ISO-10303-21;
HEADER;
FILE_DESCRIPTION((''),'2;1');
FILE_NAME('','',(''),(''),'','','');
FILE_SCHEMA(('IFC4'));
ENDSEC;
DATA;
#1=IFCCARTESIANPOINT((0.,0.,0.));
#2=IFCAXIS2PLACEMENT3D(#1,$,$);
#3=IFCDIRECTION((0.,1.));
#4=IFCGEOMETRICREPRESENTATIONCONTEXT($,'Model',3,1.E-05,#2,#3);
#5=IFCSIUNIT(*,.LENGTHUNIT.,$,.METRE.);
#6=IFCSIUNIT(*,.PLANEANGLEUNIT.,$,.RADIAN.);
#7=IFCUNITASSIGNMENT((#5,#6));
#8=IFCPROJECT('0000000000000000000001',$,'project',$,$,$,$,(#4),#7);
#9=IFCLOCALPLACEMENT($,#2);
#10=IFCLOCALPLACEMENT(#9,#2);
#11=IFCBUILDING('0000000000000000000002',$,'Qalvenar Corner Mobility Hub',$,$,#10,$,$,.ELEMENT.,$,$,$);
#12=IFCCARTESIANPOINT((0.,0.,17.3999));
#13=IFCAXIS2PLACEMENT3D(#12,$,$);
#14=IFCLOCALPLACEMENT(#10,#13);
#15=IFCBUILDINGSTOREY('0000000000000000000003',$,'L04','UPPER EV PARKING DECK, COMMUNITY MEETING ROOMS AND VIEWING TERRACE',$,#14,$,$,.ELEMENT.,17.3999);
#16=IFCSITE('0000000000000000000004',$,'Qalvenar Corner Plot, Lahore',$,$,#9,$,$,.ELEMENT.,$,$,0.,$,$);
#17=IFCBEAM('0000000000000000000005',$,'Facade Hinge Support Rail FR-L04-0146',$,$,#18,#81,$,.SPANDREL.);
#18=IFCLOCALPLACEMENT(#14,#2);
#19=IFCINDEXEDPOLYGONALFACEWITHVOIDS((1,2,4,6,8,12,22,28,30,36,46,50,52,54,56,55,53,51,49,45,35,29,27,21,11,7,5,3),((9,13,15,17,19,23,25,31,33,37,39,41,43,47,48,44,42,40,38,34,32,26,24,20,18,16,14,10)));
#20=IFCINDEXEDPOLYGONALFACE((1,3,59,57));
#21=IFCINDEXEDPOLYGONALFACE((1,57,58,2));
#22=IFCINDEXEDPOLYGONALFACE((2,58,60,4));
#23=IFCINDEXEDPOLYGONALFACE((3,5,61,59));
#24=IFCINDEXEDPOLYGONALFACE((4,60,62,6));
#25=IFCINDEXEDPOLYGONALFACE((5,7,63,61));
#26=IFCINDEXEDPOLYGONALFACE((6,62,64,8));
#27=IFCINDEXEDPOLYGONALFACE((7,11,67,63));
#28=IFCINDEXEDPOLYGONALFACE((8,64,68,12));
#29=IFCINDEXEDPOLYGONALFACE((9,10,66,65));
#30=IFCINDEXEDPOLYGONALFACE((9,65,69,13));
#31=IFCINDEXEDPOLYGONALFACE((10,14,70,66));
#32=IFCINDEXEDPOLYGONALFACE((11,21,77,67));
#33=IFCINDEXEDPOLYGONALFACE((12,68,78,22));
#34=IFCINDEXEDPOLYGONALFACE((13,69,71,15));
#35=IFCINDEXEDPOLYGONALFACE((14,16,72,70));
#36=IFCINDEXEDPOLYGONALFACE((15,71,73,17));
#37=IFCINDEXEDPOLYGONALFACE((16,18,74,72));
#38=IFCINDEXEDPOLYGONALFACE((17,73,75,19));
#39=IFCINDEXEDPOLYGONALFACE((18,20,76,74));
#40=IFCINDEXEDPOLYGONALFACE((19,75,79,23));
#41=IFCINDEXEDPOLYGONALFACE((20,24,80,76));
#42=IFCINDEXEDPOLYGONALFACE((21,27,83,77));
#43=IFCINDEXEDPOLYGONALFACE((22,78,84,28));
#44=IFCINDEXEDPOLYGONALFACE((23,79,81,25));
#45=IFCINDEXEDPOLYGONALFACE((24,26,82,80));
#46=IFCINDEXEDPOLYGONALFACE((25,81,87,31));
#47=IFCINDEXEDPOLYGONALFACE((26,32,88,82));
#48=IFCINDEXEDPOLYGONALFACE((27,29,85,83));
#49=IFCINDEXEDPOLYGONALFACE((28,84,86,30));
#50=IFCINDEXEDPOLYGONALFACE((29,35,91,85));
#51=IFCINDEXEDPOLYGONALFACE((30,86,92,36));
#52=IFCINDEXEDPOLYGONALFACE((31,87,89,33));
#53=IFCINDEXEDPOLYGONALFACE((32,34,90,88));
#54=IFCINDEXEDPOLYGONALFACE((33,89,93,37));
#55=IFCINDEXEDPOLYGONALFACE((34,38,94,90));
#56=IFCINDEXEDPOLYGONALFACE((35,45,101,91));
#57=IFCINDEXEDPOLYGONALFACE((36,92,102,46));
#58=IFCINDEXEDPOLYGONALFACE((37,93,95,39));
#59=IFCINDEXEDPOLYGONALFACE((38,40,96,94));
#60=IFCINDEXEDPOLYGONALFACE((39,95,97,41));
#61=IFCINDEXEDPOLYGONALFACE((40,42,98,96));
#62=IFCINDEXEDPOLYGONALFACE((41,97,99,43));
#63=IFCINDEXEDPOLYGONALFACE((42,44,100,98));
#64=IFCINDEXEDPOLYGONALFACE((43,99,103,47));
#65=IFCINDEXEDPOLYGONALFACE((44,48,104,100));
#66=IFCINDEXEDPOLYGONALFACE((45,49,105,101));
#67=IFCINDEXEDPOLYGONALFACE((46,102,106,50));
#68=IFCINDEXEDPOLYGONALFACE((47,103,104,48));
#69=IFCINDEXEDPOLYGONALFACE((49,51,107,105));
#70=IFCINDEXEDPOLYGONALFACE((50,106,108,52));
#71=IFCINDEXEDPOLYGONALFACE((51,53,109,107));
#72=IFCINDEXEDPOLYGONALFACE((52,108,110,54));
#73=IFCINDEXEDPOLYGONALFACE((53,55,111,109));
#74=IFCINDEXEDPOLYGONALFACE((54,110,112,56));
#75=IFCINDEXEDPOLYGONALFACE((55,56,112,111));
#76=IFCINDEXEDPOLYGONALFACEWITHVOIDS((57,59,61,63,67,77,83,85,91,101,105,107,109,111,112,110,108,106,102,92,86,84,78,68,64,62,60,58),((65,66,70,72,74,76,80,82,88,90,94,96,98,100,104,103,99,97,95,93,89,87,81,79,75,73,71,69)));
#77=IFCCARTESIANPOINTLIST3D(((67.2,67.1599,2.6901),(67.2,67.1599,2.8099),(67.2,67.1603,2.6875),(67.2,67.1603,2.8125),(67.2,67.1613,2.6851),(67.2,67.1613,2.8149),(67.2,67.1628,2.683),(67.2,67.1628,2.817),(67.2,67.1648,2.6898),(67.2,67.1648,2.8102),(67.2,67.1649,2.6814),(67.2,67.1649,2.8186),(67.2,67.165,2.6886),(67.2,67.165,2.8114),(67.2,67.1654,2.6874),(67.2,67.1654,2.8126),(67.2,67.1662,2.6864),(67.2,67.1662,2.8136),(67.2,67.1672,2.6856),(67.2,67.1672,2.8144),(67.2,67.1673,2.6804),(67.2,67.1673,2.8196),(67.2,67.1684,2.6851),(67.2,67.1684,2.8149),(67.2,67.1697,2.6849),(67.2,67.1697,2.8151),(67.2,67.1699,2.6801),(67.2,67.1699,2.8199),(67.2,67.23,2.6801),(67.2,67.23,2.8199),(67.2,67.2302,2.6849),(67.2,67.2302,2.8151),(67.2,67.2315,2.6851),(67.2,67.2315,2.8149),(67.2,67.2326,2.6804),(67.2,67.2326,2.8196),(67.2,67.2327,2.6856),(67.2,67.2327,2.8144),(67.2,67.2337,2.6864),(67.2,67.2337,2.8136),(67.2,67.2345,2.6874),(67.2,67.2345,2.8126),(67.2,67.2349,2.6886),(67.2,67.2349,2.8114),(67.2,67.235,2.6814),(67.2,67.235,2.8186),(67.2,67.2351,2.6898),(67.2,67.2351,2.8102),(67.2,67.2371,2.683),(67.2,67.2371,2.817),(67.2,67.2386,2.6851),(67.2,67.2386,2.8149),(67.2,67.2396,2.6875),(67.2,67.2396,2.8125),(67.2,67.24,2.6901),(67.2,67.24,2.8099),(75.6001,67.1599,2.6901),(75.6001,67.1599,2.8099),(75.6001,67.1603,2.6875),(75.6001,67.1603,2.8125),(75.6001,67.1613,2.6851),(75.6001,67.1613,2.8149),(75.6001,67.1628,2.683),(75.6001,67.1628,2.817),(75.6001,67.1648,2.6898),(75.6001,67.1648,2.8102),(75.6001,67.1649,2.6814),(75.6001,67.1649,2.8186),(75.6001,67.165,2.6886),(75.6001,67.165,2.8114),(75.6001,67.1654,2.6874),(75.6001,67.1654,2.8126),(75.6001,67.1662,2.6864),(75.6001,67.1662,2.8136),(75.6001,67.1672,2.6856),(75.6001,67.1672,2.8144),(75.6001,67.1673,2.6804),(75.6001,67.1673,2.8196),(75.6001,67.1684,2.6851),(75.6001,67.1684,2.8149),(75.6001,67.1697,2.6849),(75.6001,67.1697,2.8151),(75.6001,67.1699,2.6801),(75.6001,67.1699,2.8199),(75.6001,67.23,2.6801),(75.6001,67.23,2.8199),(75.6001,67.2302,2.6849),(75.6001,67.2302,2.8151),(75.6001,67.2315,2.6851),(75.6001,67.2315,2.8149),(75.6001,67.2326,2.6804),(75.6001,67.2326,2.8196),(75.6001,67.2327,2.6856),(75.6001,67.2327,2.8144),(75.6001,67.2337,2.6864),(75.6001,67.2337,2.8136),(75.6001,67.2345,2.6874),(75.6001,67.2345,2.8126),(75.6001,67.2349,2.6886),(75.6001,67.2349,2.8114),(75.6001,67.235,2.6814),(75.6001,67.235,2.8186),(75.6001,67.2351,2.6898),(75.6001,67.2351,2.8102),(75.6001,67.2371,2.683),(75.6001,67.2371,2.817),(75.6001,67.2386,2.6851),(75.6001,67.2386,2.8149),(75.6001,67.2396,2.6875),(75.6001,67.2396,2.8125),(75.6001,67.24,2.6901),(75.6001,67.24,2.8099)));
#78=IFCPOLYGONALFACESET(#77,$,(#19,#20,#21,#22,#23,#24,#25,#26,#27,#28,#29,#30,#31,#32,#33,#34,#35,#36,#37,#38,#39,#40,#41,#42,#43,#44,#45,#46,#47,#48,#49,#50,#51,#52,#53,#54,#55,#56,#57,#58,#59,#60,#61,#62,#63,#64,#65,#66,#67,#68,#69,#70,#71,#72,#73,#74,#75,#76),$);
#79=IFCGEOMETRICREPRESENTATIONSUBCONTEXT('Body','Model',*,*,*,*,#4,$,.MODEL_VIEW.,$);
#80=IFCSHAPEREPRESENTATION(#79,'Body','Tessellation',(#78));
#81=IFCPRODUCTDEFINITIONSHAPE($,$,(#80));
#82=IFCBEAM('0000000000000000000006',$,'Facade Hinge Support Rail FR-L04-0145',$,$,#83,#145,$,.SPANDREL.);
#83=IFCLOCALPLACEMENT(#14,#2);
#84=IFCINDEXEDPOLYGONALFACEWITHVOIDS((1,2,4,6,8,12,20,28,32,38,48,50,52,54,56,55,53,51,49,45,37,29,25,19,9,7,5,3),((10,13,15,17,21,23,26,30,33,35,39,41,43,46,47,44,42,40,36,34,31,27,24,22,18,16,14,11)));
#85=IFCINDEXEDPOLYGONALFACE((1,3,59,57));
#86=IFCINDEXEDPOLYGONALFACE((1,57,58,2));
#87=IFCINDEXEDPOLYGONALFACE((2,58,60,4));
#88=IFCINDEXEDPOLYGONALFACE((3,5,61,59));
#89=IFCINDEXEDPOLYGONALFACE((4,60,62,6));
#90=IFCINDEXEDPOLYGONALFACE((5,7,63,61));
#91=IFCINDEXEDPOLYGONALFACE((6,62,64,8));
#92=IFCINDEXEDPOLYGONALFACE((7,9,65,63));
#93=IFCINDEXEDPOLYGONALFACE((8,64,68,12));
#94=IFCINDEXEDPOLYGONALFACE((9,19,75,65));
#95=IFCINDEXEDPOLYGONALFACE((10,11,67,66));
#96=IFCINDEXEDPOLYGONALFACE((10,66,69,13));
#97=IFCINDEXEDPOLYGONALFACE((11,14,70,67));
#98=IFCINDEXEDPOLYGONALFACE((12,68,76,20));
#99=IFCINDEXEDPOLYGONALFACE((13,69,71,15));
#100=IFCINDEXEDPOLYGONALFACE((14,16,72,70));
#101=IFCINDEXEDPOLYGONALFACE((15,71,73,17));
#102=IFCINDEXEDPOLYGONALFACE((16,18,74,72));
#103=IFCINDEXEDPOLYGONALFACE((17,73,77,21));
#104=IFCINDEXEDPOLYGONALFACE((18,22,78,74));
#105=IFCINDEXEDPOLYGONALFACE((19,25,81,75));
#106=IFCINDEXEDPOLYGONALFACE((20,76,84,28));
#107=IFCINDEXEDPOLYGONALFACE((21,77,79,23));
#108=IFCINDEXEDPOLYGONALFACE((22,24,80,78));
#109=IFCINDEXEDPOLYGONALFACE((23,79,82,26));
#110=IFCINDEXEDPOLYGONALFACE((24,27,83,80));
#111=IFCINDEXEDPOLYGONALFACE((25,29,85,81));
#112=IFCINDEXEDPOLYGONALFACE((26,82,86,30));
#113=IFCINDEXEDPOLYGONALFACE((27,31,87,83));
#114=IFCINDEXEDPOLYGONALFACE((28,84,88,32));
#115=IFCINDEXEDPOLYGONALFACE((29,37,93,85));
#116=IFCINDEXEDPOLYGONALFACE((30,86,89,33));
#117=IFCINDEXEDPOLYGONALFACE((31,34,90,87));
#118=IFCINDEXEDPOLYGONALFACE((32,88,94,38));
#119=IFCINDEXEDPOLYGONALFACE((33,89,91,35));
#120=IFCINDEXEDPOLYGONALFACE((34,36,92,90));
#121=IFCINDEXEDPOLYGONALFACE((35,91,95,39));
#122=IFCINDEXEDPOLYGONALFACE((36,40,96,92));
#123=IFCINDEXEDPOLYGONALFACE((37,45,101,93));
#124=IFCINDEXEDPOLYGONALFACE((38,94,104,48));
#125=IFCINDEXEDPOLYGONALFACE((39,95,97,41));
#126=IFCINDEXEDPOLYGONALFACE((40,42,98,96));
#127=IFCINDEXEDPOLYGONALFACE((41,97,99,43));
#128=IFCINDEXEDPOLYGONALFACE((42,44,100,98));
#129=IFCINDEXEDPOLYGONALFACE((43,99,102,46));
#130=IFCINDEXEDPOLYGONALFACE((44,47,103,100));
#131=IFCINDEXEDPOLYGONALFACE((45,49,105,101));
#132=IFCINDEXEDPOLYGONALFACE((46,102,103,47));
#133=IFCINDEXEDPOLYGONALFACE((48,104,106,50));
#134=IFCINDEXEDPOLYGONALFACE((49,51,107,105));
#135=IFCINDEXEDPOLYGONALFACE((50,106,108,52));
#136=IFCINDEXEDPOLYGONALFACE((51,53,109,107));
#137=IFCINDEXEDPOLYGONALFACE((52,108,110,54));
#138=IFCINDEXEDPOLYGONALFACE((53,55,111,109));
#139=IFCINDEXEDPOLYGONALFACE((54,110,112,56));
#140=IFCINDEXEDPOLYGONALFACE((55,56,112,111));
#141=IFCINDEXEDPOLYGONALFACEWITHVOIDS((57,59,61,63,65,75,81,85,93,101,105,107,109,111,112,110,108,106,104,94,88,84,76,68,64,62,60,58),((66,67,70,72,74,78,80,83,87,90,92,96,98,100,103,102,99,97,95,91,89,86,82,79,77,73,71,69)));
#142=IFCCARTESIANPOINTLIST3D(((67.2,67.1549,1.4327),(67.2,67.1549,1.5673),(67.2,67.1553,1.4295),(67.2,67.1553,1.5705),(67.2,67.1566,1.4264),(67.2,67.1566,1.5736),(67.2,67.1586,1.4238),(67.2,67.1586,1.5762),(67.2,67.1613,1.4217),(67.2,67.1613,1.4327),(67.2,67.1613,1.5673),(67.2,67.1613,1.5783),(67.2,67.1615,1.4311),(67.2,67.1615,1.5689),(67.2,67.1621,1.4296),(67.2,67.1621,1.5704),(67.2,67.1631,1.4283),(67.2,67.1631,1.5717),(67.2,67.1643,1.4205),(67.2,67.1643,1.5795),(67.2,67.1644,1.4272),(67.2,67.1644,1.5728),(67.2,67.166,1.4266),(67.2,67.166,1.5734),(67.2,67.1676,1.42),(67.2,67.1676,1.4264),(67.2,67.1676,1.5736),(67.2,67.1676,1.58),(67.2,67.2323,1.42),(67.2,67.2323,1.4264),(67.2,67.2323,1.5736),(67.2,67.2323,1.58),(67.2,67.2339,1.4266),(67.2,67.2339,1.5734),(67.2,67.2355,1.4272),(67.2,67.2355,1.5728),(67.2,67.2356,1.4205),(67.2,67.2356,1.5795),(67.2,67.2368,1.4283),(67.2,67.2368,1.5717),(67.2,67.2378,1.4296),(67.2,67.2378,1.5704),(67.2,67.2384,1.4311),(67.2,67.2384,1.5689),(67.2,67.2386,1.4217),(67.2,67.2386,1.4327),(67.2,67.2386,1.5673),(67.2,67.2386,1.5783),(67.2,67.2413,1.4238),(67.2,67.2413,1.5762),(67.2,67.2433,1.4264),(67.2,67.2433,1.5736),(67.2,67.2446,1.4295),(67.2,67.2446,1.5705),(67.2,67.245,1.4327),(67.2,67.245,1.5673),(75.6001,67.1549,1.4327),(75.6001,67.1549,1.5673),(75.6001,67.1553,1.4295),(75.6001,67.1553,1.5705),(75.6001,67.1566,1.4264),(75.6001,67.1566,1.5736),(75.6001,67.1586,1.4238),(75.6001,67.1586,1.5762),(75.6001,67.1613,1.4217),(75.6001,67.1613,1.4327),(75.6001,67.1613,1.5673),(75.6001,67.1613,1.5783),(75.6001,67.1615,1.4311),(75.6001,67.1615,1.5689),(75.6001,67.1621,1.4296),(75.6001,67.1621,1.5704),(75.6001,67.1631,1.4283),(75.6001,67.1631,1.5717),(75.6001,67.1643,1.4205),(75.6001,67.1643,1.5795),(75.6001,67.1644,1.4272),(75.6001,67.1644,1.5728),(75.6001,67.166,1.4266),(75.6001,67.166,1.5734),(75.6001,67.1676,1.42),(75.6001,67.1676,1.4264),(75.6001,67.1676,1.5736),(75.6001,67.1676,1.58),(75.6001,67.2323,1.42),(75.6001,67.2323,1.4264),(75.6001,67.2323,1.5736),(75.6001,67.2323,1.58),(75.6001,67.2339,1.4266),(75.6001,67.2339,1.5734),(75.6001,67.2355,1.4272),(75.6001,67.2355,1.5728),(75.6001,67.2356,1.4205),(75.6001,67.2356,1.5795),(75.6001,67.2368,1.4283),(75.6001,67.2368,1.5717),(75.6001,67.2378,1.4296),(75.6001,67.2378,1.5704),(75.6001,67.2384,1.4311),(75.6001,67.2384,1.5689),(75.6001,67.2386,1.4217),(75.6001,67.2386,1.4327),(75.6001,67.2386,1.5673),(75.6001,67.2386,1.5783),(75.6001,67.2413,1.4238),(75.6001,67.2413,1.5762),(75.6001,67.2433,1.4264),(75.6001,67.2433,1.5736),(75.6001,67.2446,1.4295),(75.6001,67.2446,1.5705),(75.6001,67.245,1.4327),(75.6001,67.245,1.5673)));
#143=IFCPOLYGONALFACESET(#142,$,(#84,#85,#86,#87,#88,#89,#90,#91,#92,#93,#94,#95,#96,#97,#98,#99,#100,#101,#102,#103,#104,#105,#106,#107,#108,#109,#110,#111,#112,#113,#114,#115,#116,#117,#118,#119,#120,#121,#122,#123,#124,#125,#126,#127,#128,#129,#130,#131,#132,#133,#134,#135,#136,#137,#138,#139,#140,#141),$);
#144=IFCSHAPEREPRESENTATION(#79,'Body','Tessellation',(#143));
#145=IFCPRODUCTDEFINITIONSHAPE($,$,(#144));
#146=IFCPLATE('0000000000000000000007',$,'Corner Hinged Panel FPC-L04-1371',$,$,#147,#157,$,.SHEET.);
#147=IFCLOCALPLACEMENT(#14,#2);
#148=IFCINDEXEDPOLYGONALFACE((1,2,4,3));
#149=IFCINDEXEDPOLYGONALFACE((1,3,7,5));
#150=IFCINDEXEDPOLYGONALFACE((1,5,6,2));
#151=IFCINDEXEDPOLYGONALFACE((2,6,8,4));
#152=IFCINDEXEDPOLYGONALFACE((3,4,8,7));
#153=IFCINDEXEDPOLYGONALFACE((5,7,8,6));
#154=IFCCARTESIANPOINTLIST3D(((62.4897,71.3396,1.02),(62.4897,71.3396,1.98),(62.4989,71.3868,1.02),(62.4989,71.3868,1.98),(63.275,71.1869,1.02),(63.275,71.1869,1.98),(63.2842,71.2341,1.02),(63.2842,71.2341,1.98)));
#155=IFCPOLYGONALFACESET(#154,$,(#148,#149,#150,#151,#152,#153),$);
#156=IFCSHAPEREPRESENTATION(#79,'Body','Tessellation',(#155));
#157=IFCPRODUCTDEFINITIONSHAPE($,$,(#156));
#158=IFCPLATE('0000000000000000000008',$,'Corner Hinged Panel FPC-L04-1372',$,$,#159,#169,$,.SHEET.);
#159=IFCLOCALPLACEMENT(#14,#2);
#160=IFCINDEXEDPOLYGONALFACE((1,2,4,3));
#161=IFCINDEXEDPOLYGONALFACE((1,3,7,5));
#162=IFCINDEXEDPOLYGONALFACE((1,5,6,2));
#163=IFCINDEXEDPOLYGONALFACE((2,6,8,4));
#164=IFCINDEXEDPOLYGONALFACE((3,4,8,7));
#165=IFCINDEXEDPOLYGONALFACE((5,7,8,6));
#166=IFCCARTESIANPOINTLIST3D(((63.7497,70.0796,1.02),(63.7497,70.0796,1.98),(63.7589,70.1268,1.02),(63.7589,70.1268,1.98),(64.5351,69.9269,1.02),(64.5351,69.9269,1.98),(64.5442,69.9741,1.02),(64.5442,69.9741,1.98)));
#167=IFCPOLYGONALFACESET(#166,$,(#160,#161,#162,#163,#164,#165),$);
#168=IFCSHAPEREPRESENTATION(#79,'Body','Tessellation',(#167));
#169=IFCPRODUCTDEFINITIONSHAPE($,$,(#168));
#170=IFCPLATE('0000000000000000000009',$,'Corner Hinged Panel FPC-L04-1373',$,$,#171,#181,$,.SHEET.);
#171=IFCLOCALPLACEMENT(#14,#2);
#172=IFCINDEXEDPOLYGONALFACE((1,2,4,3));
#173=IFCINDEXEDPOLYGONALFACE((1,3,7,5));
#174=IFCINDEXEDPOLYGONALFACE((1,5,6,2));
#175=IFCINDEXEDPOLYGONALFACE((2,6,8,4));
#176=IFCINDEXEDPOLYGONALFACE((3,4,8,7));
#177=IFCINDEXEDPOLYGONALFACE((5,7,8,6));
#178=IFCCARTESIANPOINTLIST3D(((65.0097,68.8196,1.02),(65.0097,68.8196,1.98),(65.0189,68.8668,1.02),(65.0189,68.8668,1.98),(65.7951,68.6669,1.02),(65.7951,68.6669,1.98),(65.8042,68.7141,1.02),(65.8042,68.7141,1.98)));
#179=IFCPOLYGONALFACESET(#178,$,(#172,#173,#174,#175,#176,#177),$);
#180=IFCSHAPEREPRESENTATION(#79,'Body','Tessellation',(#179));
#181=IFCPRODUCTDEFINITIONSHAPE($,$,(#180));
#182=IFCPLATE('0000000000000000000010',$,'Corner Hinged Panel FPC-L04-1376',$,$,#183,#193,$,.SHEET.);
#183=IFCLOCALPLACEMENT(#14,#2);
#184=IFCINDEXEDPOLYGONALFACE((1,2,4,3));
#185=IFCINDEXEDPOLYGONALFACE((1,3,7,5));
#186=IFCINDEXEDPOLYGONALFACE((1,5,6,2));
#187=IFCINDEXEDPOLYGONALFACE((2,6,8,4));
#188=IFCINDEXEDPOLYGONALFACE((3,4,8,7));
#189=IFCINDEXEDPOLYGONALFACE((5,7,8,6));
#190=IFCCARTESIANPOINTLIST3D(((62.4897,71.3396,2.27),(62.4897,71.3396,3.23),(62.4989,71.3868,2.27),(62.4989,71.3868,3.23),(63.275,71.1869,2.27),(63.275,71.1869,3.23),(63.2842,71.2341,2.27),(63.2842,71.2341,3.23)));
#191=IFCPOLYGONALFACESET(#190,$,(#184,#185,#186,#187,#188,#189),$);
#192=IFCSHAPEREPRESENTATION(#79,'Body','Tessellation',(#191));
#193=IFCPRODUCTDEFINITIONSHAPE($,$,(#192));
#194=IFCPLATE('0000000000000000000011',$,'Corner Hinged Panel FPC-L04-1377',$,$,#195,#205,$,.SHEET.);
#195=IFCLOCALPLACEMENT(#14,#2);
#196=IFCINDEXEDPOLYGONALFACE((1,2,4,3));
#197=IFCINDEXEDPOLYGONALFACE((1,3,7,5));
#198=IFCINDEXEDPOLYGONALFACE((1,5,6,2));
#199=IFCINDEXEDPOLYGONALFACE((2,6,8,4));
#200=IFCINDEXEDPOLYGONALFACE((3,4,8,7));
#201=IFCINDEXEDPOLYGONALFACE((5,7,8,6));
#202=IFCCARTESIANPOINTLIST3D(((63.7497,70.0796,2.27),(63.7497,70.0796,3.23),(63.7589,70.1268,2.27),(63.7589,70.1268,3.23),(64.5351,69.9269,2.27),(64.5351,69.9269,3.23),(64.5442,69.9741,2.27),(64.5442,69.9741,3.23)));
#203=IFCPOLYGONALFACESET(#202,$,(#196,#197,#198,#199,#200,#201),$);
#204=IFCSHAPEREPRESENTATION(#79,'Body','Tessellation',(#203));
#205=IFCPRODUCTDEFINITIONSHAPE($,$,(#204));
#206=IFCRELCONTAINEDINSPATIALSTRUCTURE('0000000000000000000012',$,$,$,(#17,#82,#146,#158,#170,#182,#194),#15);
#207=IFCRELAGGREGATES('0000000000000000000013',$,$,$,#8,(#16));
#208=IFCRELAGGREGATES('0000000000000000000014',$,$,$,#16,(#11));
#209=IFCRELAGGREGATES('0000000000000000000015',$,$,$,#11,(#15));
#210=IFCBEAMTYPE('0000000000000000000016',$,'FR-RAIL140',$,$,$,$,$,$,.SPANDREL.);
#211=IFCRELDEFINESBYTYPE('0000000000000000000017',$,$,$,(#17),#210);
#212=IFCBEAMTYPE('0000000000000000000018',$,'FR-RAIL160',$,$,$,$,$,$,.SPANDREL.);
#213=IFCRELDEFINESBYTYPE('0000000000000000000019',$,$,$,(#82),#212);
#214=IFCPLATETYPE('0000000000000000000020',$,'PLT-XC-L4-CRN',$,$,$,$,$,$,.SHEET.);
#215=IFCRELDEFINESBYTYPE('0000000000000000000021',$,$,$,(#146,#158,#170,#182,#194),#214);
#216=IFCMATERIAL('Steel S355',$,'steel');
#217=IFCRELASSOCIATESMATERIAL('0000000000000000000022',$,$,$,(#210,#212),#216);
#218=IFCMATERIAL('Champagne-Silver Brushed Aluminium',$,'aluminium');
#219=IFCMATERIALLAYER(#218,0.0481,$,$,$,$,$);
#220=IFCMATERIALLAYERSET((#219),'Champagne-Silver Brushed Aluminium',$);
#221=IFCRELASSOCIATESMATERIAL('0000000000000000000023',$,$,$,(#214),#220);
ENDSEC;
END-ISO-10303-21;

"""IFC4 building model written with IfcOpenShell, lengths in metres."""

from ifc_helpers import new_model, si_unit, direction, frame, origin, origin_2d, place, context, subcontext, project, spatial, rectangle, hollow_rectangle, extrude, material, layer, layer_set, material_profile, profile_set, type_object, element, save


model = new_model("IFC4")

# Units and contexts
model_context = context("Model", 3, precision=1e-05, world=origin(), true_north=direction((0.0, 1.0)))
body_context = subcontext(model_context, "Body", "Model", "MODEL_VIEW")
ifc_project = project(units=[si_unit("LENGTHUNIT", "METRE"), si_unit("PLANEANGLEUNIT", "RADIAN")], contexts=[model_context])

# Site, building, storey
site_placement = place(None, origin())
site = spatial("IfcSite", under=ifc_project, at=site_placement, Name="Qalvenar Corner Plot, Lahore", CompositionType="ELEMENT", RefElevation=0.0)
building_placement = place(site_placement, origin())
building = spatial("IfcBuilding", under=site, at=building_placement, Name="Qalvenar Corner Mobility Hub", CompositionType="ELEMENT")
storey_placement = place(building_placement, frame((0.0, 0.0, 17.3999)))
storey = spatial("IfcBuildingStorey", under=building, at=storey_placement, Name="L04", Description="UPPER EV PARKING DECK, COMMUNITY MEETING ROOMS AND VIEWING TERRACE", CompositionType="ELEMENT", Elevation=17.3999)

# Shared definitions
ifc_material_1 = material(Name="Steel S355", Category="steel")

# Beams
ifc_material_profile_1 = material_profile(ifc_material_1, hollow_rectangle(XDim=0.0801, YDim=0.1399, WallThickness=0.0049, InnerFilletRadius=0.0049, OuterFilletRadius=0.01, at=origin_2d()), Name="RHS140x80x5")
ifc_profile_set_1 = profile_set([ifc_material_profile_1], Name="Steel S355")
beam_type_1 = type_object("IfcBeamType", Name="FR-RAIL140", PredefinedType="SPANDREL", material=ifc_profile_set_1)
beam_1_placement = place(storey_placement, frame((67.2, 67.2, 2.75), z_axis=(1.0, 0.0, 0.0), x_axis=(0.0, 1.0, 0.0)))
element("IfcBeam", 1, at=beam_1_placement, inside=storey, type_object=beam_type_1, Name="Facade Hinge Support Rail FR-L04-0146", PredefinedType="SPANDREL", context=body_context, shape_type="SweptSolid", body=[
    extrude(hollow_rectangle(XDim=0.0801, YDim=0.1399, WallThickness=0.0049, InnerFilletRadius=0.0049, OuterFilletRadius=0.01, at=origin_2d()), origin(), (0.0, 0.0, 1.0), 8.4001),
])
ifc_material_profile_2 = material_profile(ifc_material_1, hollow_rectangle(XDim=0.0901, YDim=0.1599, WallThickness=0.0063, InnerFilletRadius=0.0063, OuterFilletRadius=0.0127, at=origin_2d()), Name="RHS160x90x6.3")
ifc_profile_set_2 = profile_set([ifc_material_profile_2], Name="Steel S355")
beam_type_2 = type_object("IfcBeamType", Name="FR-RAIL160", PredefinedType="SPANDREL", material=ifc_profile_set_2)
beam_2_placement = place(storey_placement, frame((67.2, 67.2, 1.5), z_axis=(1.0, 0.0, 0.0), x_axis=(0.0, 1.0, 0.0)))
element("IfcBeam", 2, at=beam_2_placement, inside=storey, type_object=beam_type_2, Name="Facade Hinge Support Rail FR-L04-0145", PredefinedType="SPANDREL", context=body_context, shape_type="SweptSolid", body=[
    extrude(hollow_rectangle(XDim=0.0901, YDim=0.1599, WallThickness=0.0063, InnerFilletRadius=0.0063, OuterFilletRadius=0.0127, at=origin_2d()), origin(), (0.0, 0.0, 1.0), 8.4001),
])

# Plates
ifc_material_2 = material(Name="Champagne-Silver Brushed Aluminium", Category="aluminium")
ifc_layer = layer(ifc_material_2, 0.0481)
ifc_layer_set = layer_set([ifc_layer], Name="Champagne-Silver Brushed Aluminium")
plate_type = type_object("IfcPlateType", Name="PLT-XC-L4-CRN", PredefinedType="SHEET", material=ifc_layer_set)
for number, where, z_axis, x_axis, name in (
    (3, (62.887, 71.2869, 1.02), (0.0, 0.0, 1.0), (0.981627, -0.190809, 0.0), "Corner Hinged Panel FPC-L04-1371"),
    (4, (64.147, 70.0269, 1.02), (0.0, 0.0, 1.0), (0.981627, -0.190809, 0.0), "Corner Hinged Panel FPC-L04-1372"),
    (5, (65.407, 68.7668, 1.02), (0.0, 0.0, 1.0), (0.981627, -0.190809, 0.0), "Corner Hinged Panel FPC-L04-1373"),
    (6, (62.887, 71.2869, 2.27), (0.0, 0.0, 1.0), (0.981627, -0.190809, 0.0), "Corner Hinged Panel FPC-L04-1376"),
    (7, (64.147, 70.0269, 2.27), (0.0, 0.0, 1.0), (0.981627, -0.190809, 0.0), "Corner Hinged Panel FPC-L04-1377"),
):
    element("IfcPlate", number, at=place(storey_placement, frame(where, z_axis=z_axis, x_axis=x_axis)), inside=storey, type_object=plate_type, Name=name, PredefinedType="SHEET", context=body_context, shape_type="SweptSolid", body=[
        extrude(rectangle(XDim=0.8, YDim=0.0481, at=origin_2d()), origin(), (0.0, 0.0, 1.0), 0.96),
    ])

save(model, "model.ifc")
